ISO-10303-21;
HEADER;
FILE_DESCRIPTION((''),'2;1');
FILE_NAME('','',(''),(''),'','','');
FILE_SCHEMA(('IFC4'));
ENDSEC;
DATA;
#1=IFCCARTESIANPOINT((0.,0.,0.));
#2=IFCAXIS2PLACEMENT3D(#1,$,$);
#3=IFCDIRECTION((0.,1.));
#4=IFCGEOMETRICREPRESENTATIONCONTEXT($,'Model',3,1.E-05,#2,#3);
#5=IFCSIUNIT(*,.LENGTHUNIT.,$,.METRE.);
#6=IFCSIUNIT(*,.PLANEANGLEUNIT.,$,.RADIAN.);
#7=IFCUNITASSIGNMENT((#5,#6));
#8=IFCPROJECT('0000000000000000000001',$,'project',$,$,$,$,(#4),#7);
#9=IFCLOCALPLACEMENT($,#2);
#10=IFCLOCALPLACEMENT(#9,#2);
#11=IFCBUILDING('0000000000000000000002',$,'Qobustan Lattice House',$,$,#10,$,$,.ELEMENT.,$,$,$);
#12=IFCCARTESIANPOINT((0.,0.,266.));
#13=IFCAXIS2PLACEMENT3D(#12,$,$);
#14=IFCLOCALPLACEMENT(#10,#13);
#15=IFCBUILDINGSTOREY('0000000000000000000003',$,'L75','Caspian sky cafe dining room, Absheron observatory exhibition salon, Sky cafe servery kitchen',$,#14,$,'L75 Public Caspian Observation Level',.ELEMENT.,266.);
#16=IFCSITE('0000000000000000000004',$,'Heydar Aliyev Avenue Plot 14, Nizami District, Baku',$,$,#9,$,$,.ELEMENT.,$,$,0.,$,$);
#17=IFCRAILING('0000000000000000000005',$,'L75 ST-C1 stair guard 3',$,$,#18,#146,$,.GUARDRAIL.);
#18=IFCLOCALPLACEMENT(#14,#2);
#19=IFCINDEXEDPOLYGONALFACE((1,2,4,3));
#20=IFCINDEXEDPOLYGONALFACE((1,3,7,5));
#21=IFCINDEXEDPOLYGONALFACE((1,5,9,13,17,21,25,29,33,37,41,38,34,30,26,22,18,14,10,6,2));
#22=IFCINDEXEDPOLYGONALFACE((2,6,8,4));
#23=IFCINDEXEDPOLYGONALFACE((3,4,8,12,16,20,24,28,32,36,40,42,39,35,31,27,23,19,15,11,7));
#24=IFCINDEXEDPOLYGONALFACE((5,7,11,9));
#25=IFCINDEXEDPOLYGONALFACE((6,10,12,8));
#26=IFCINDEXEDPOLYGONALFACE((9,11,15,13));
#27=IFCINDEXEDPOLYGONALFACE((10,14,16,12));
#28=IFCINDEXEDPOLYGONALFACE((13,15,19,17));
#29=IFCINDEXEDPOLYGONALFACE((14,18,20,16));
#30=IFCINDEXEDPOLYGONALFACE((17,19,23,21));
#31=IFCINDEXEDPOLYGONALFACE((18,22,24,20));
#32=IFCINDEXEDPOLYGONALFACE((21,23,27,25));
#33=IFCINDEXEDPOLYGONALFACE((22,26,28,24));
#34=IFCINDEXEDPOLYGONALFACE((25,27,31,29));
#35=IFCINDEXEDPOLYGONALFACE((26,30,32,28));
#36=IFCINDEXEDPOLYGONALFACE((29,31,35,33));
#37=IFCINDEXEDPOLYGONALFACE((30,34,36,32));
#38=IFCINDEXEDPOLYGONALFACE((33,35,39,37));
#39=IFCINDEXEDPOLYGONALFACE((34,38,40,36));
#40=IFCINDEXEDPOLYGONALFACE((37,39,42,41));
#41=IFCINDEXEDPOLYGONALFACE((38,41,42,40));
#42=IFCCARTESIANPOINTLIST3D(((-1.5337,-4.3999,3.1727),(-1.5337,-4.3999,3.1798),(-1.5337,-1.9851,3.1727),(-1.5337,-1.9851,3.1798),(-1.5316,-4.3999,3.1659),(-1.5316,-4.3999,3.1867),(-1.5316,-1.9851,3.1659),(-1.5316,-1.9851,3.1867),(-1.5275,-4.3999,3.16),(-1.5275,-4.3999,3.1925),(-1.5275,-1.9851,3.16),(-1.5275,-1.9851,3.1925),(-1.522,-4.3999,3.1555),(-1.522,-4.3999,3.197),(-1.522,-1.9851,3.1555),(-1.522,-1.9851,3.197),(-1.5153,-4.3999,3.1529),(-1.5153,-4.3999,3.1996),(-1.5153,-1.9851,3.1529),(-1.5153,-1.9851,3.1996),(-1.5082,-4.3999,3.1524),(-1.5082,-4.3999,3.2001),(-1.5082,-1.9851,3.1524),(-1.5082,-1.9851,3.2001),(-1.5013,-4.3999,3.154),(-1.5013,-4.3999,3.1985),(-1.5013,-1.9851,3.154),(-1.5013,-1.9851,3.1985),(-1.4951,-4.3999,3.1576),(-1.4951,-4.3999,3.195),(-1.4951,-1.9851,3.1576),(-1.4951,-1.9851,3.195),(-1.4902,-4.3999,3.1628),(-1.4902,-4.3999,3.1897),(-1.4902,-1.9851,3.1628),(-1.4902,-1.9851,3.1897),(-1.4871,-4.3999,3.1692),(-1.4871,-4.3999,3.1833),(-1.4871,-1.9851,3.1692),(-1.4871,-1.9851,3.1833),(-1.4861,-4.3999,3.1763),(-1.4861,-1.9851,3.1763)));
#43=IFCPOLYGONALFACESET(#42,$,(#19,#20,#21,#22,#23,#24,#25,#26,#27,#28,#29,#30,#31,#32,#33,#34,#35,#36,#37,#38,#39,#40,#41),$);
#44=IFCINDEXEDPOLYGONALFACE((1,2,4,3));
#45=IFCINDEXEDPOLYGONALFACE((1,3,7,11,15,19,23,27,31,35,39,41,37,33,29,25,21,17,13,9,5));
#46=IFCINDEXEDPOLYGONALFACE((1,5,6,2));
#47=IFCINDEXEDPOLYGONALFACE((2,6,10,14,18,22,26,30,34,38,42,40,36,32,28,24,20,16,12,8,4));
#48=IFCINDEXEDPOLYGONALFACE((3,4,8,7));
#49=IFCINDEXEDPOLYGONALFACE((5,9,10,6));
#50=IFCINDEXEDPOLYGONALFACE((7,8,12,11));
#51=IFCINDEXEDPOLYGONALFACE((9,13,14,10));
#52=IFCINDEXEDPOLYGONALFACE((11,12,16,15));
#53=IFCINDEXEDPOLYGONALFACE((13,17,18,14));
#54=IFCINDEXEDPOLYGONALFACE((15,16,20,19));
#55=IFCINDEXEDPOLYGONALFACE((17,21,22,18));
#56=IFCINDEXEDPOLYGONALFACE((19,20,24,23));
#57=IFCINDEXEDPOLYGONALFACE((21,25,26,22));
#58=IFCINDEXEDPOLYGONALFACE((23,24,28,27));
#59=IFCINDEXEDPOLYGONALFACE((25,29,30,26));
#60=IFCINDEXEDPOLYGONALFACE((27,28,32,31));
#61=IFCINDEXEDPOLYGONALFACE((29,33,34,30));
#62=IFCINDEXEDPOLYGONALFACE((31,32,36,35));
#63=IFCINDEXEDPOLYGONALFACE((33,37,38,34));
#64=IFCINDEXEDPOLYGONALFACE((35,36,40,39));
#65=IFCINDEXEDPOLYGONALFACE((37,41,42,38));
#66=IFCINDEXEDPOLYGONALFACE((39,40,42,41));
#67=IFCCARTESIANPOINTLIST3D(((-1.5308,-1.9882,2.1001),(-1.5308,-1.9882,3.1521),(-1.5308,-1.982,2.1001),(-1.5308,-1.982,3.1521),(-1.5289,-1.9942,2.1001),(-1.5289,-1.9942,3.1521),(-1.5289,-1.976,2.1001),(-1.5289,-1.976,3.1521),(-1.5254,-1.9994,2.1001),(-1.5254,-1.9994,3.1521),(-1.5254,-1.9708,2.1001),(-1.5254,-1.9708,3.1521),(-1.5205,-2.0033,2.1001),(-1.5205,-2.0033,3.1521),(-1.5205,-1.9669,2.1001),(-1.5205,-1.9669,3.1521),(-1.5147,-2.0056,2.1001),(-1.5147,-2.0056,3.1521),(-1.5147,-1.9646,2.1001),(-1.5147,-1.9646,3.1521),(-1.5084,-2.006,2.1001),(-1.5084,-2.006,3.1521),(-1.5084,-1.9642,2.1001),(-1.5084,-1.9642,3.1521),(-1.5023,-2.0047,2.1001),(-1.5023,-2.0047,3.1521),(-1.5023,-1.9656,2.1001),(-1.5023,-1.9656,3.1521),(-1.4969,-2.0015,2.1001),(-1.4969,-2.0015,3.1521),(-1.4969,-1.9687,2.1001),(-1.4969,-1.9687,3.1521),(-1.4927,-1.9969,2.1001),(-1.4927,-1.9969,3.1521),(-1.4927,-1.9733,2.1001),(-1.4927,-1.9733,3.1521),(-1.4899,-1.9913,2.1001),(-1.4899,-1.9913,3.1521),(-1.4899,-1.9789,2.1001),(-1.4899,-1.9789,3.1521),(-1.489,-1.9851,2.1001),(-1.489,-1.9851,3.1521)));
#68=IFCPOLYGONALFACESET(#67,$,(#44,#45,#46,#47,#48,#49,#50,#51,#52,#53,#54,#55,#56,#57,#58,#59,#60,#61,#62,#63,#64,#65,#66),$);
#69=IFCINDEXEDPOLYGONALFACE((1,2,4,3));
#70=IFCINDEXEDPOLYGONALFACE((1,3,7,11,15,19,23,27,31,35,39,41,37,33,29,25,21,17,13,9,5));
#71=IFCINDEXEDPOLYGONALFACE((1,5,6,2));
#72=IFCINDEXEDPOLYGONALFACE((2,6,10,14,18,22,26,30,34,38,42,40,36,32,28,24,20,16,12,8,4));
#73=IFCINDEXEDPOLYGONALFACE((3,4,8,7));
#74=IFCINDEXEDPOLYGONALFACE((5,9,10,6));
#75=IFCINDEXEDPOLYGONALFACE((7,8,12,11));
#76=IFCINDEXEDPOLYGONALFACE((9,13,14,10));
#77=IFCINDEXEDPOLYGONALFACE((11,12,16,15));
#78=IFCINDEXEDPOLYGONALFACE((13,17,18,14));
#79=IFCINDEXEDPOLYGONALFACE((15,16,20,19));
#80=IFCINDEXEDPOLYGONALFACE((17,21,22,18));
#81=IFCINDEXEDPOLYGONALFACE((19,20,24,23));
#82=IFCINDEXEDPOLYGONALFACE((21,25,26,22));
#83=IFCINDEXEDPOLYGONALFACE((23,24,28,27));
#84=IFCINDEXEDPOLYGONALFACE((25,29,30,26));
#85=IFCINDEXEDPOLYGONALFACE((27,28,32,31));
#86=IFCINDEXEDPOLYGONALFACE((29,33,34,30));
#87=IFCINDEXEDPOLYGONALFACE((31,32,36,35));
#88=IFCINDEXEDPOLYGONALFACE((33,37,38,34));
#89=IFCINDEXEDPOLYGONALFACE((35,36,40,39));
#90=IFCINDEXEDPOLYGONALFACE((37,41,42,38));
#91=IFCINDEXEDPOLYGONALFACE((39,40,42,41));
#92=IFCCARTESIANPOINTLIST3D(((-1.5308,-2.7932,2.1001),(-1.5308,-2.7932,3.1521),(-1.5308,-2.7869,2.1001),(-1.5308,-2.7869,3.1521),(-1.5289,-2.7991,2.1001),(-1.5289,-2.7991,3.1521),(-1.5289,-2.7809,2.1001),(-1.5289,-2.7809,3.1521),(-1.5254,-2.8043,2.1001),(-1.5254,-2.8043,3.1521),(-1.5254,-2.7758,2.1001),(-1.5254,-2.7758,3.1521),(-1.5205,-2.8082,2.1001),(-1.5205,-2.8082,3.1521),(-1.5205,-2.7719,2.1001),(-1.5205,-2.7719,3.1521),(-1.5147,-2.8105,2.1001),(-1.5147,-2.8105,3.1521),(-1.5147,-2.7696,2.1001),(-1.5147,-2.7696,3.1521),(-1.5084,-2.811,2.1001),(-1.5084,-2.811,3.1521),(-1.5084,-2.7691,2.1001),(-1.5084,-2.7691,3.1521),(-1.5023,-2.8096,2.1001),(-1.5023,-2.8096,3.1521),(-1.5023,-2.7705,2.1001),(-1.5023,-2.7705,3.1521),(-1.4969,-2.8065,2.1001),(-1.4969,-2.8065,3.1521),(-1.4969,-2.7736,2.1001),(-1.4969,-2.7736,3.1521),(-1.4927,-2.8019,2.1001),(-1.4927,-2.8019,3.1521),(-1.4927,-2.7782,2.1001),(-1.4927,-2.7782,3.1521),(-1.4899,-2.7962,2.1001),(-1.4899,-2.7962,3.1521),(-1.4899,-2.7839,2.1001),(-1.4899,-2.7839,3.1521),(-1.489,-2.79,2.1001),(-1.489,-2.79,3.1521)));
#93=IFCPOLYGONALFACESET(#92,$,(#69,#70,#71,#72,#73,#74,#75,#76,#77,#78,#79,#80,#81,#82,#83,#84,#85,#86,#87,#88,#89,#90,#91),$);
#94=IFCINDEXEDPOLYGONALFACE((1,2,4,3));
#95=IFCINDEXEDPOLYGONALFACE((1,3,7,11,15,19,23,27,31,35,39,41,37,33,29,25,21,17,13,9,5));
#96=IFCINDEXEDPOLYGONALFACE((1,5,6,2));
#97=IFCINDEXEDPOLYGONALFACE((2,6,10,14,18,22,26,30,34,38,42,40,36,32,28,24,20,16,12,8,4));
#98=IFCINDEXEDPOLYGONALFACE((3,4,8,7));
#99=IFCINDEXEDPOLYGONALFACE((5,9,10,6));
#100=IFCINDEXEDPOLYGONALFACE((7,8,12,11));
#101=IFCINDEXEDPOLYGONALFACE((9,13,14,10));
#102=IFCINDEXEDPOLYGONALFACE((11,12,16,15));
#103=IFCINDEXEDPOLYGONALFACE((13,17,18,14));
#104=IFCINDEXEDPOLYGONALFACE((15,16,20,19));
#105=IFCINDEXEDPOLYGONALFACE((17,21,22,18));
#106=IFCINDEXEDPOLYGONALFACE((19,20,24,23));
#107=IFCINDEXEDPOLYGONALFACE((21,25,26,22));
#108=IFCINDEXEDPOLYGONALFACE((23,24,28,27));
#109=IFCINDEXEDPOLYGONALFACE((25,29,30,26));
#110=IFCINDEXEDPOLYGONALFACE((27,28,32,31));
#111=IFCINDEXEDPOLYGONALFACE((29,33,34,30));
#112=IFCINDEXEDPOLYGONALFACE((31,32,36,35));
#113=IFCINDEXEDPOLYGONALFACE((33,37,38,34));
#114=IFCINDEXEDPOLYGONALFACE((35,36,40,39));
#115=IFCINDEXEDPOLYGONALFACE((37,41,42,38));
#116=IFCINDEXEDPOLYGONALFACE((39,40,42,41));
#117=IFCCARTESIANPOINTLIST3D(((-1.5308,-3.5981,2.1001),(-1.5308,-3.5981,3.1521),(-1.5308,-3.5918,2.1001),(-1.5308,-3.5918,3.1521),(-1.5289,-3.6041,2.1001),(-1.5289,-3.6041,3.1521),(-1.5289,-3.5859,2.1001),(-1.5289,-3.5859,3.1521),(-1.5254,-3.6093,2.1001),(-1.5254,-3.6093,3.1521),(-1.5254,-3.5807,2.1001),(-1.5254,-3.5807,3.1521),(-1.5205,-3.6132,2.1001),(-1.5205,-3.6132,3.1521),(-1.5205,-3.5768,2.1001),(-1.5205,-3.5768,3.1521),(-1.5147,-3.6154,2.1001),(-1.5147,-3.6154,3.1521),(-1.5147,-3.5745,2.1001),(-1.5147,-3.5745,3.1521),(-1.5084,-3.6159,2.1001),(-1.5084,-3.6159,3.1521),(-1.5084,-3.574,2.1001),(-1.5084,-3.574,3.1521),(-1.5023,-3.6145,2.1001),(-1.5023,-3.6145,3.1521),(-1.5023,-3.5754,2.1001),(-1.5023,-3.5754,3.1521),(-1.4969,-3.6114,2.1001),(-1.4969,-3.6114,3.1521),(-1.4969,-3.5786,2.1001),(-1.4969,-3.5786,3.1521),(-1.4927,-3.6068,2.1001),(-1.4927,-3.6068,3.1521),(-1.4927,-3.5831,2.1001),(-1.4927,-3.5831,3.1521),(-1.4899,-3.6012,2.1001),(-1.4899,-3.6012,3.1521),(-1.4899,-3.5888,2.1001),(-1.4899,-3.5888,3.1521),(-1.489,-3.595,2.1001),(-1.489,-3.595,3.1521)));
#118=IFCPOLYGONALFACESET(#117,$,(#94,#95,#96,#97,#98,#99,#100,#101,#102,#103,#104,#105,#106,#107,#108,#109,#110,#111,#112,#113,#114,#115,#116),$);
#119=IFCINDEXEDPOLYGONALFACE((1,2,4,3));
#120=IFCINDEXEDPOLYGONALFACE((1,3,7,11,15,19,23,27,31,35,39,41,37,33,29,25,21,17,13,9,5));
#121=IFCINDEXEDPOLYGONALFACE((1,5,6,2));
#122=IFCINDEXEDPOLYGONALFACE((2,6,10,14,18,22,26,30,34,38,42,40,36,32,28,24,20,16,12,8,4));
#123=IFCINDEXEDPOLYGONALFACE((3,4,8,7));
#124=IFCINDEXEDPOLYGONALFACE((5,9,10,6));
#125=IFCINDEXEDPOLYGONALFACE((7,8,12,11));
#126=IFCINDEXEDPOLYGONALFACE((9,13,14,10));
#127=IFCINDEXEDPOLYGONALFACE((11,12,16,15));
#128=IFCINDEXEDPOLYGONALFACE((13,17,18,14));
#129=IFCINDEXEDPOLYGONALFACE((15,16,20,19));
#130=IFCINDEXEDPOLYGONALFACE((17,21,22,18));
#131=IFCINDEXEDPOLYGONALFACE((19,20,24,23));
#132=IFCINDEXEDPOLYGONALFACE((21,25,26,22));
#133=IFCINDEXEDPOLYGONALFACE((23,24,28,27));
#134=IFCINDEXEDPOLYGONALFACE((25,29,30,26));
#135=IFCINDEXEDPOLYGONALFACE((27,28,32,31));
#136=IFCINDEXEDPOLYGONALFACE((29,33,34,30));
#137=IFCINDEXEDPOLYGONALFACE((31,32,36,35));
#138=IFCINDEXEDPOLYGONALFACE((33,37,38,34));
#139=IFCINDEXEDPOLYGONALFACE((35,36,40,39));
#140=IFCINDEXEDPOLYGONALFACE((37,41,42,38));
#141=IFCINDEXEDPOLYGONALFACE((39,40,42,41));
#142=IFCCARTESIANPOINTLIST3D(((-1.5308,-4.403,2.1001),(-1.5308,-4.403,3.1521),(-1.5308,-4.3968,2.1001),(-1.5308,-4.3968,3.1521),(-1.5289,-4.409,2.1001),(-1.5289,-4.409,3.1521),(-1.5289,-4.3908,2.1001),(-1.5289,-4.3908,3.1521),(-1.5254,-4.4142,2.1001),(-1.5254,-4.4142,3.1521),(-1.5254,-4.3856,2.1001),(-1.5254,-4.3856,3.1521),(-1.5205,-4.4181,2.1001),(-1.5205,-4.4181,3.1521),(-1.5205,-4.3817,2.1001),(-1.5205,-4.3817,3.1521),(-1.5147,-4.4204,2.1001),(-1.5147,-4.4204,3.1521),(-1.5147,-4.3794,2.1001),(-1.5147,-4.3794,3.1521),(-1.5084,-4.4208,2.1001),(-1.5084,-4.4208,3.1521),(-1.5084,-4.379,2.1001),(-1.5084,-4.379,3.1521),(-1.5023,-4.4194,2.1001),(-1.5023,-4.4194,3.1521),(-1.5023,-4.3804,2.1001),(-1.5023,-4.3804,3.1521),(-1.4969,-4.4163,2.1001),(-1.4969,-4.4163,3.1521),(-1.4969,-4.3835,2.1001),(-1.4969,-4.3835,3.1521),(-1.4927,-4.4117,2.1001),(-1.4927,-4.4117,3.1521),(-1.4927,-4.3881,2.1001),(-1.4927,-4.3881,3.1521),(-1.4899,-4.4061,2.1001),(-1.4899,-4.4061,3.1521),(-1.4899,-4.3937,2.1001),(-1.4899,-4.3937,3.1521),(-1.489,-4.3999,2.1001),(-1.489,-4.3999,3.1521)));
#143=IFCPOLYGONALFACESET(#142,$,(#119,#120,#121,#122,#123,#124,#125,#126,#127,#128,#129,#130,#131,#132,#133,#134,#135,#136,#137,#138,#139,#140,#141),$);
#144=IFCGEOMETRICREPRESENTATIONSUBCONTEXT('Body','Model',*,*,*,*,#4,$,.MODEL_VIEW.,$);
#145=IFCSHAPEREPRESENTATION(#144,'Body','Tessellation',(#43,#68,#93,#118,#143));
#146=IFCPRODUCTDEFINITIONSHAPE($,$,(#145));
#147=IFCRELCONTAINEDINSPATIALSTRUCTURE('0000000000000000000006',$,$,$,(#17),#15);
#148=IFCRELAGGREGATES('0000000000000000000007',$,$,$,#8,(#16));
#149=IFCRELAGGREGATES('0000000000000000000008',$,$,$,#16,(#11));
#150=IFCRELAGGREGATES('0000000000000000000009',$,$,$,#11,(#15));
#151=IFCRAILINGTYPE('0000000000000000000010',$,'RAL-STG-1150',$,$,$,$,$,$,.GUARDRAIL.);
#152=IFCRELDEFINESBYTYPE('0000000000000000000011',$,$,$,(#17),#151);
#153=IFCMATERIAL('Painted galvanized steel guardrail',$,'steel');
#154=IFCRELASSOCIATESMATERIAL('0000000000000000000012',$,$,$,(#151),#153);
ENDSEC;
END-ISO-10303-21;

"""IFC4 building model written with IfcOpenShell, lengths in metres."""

from ifc_helpers import new_model, si_unit, direction, frame, origin, origin_2d, place, context, subcontext, project, spatial, circle, extrude, material, type_object, element, save


model = new_model("IFC4")

# Units and contexts
model_context = context("Model", 3, precision=1e-05, world=origin(), true_north=direction((0.0, 1.0)))
body_context = subcontext(model_context, "Body", "Model", "MODEL_VIEW")
ifc_project = project(units=[si_unit("LENGTHUNIT", "METRE"), si_unit("PLANEANGLEUNIT", "RADIAN")], contexts=[model_context])

# Site, building, storey
site_placement = place(None, origin())
site = spatial("IfcSite", under=ifc_project, at=site_placement, Name="Heydar Aliyev Avenue Plot 14, Nizami District, Baku", CompositionType="ELEMENT", RefElevation=0.0)
building_placement = place(site_placement, origin())
building = spatial("IfcBuilding", under=site, at=building_placement, Name="Qobustan Lattice House", CompositionType="ELEMENT")
storey_placement = place(building_placement, frame((0.0, 0.0, 266.0)))
storey = spatial("IfcBuildingStorey", under=building, at=storey_placement, Name="L75", Description="Caspian sky cafe dining room, Absheron observatory exhibition salon, Sky cafe servery kitchen", LongName="L75 Public Caspian Observation Level", CompositionType="ELEMENT", Elevation=266.0)

# Railing
ifc_material_1 = material(Name="Painted galvanized steel guardrail", Category="steel")
railing_type = type_object("IfcRailingType", Name="RAL-STG-1150", PredefinedType="GUARDRAIL", material=ifc_material_1)
railing_1_placement = place(storey_placement, frame((-1.51, -1.9851, 2.1001)))
element("IfcRailing", 1, at=railing_1_placement, inside=storey, type_object=railing_type, Name="L75 ST-C1 stair guard 3", PredefinedType="GUARDRAIL", context=body_context, shape_type="SweptSolid", body=[
    extrude(circle(Radius=0.0239, at=origin_2d()), frame((0.0, 0.0, 1.0762), z_axis=(0.0, -1.0, 0.0), x_axis=(1.0, 0.0, 0.0)), (0.0, 0.0, 1.0), 2.4148),
    extrude(circle(Radius=0.021, at=origin_2d()), origin(), (0.0, 0.0, 1.0), 1.052),
    extrude(circle(Radius=0.021, at=origin_2d()), frame((0.0, -0.8049, 0.0)), (0.0, 0.0, 1.0), 1.052),
    extrude(circle(Radius=0.021, at=origin_2d()), frame((0.0, -1.6099, 0.0)), (0.0, 0.0, 1.0), 1.052),
    extrude(circle(Radius=0.021, at=origin_2d()), frame((0.0, -2.4148, 0.0)), (0.0, 0.0, 1.0), 1.052),
])

save(model, "model.ifc")
